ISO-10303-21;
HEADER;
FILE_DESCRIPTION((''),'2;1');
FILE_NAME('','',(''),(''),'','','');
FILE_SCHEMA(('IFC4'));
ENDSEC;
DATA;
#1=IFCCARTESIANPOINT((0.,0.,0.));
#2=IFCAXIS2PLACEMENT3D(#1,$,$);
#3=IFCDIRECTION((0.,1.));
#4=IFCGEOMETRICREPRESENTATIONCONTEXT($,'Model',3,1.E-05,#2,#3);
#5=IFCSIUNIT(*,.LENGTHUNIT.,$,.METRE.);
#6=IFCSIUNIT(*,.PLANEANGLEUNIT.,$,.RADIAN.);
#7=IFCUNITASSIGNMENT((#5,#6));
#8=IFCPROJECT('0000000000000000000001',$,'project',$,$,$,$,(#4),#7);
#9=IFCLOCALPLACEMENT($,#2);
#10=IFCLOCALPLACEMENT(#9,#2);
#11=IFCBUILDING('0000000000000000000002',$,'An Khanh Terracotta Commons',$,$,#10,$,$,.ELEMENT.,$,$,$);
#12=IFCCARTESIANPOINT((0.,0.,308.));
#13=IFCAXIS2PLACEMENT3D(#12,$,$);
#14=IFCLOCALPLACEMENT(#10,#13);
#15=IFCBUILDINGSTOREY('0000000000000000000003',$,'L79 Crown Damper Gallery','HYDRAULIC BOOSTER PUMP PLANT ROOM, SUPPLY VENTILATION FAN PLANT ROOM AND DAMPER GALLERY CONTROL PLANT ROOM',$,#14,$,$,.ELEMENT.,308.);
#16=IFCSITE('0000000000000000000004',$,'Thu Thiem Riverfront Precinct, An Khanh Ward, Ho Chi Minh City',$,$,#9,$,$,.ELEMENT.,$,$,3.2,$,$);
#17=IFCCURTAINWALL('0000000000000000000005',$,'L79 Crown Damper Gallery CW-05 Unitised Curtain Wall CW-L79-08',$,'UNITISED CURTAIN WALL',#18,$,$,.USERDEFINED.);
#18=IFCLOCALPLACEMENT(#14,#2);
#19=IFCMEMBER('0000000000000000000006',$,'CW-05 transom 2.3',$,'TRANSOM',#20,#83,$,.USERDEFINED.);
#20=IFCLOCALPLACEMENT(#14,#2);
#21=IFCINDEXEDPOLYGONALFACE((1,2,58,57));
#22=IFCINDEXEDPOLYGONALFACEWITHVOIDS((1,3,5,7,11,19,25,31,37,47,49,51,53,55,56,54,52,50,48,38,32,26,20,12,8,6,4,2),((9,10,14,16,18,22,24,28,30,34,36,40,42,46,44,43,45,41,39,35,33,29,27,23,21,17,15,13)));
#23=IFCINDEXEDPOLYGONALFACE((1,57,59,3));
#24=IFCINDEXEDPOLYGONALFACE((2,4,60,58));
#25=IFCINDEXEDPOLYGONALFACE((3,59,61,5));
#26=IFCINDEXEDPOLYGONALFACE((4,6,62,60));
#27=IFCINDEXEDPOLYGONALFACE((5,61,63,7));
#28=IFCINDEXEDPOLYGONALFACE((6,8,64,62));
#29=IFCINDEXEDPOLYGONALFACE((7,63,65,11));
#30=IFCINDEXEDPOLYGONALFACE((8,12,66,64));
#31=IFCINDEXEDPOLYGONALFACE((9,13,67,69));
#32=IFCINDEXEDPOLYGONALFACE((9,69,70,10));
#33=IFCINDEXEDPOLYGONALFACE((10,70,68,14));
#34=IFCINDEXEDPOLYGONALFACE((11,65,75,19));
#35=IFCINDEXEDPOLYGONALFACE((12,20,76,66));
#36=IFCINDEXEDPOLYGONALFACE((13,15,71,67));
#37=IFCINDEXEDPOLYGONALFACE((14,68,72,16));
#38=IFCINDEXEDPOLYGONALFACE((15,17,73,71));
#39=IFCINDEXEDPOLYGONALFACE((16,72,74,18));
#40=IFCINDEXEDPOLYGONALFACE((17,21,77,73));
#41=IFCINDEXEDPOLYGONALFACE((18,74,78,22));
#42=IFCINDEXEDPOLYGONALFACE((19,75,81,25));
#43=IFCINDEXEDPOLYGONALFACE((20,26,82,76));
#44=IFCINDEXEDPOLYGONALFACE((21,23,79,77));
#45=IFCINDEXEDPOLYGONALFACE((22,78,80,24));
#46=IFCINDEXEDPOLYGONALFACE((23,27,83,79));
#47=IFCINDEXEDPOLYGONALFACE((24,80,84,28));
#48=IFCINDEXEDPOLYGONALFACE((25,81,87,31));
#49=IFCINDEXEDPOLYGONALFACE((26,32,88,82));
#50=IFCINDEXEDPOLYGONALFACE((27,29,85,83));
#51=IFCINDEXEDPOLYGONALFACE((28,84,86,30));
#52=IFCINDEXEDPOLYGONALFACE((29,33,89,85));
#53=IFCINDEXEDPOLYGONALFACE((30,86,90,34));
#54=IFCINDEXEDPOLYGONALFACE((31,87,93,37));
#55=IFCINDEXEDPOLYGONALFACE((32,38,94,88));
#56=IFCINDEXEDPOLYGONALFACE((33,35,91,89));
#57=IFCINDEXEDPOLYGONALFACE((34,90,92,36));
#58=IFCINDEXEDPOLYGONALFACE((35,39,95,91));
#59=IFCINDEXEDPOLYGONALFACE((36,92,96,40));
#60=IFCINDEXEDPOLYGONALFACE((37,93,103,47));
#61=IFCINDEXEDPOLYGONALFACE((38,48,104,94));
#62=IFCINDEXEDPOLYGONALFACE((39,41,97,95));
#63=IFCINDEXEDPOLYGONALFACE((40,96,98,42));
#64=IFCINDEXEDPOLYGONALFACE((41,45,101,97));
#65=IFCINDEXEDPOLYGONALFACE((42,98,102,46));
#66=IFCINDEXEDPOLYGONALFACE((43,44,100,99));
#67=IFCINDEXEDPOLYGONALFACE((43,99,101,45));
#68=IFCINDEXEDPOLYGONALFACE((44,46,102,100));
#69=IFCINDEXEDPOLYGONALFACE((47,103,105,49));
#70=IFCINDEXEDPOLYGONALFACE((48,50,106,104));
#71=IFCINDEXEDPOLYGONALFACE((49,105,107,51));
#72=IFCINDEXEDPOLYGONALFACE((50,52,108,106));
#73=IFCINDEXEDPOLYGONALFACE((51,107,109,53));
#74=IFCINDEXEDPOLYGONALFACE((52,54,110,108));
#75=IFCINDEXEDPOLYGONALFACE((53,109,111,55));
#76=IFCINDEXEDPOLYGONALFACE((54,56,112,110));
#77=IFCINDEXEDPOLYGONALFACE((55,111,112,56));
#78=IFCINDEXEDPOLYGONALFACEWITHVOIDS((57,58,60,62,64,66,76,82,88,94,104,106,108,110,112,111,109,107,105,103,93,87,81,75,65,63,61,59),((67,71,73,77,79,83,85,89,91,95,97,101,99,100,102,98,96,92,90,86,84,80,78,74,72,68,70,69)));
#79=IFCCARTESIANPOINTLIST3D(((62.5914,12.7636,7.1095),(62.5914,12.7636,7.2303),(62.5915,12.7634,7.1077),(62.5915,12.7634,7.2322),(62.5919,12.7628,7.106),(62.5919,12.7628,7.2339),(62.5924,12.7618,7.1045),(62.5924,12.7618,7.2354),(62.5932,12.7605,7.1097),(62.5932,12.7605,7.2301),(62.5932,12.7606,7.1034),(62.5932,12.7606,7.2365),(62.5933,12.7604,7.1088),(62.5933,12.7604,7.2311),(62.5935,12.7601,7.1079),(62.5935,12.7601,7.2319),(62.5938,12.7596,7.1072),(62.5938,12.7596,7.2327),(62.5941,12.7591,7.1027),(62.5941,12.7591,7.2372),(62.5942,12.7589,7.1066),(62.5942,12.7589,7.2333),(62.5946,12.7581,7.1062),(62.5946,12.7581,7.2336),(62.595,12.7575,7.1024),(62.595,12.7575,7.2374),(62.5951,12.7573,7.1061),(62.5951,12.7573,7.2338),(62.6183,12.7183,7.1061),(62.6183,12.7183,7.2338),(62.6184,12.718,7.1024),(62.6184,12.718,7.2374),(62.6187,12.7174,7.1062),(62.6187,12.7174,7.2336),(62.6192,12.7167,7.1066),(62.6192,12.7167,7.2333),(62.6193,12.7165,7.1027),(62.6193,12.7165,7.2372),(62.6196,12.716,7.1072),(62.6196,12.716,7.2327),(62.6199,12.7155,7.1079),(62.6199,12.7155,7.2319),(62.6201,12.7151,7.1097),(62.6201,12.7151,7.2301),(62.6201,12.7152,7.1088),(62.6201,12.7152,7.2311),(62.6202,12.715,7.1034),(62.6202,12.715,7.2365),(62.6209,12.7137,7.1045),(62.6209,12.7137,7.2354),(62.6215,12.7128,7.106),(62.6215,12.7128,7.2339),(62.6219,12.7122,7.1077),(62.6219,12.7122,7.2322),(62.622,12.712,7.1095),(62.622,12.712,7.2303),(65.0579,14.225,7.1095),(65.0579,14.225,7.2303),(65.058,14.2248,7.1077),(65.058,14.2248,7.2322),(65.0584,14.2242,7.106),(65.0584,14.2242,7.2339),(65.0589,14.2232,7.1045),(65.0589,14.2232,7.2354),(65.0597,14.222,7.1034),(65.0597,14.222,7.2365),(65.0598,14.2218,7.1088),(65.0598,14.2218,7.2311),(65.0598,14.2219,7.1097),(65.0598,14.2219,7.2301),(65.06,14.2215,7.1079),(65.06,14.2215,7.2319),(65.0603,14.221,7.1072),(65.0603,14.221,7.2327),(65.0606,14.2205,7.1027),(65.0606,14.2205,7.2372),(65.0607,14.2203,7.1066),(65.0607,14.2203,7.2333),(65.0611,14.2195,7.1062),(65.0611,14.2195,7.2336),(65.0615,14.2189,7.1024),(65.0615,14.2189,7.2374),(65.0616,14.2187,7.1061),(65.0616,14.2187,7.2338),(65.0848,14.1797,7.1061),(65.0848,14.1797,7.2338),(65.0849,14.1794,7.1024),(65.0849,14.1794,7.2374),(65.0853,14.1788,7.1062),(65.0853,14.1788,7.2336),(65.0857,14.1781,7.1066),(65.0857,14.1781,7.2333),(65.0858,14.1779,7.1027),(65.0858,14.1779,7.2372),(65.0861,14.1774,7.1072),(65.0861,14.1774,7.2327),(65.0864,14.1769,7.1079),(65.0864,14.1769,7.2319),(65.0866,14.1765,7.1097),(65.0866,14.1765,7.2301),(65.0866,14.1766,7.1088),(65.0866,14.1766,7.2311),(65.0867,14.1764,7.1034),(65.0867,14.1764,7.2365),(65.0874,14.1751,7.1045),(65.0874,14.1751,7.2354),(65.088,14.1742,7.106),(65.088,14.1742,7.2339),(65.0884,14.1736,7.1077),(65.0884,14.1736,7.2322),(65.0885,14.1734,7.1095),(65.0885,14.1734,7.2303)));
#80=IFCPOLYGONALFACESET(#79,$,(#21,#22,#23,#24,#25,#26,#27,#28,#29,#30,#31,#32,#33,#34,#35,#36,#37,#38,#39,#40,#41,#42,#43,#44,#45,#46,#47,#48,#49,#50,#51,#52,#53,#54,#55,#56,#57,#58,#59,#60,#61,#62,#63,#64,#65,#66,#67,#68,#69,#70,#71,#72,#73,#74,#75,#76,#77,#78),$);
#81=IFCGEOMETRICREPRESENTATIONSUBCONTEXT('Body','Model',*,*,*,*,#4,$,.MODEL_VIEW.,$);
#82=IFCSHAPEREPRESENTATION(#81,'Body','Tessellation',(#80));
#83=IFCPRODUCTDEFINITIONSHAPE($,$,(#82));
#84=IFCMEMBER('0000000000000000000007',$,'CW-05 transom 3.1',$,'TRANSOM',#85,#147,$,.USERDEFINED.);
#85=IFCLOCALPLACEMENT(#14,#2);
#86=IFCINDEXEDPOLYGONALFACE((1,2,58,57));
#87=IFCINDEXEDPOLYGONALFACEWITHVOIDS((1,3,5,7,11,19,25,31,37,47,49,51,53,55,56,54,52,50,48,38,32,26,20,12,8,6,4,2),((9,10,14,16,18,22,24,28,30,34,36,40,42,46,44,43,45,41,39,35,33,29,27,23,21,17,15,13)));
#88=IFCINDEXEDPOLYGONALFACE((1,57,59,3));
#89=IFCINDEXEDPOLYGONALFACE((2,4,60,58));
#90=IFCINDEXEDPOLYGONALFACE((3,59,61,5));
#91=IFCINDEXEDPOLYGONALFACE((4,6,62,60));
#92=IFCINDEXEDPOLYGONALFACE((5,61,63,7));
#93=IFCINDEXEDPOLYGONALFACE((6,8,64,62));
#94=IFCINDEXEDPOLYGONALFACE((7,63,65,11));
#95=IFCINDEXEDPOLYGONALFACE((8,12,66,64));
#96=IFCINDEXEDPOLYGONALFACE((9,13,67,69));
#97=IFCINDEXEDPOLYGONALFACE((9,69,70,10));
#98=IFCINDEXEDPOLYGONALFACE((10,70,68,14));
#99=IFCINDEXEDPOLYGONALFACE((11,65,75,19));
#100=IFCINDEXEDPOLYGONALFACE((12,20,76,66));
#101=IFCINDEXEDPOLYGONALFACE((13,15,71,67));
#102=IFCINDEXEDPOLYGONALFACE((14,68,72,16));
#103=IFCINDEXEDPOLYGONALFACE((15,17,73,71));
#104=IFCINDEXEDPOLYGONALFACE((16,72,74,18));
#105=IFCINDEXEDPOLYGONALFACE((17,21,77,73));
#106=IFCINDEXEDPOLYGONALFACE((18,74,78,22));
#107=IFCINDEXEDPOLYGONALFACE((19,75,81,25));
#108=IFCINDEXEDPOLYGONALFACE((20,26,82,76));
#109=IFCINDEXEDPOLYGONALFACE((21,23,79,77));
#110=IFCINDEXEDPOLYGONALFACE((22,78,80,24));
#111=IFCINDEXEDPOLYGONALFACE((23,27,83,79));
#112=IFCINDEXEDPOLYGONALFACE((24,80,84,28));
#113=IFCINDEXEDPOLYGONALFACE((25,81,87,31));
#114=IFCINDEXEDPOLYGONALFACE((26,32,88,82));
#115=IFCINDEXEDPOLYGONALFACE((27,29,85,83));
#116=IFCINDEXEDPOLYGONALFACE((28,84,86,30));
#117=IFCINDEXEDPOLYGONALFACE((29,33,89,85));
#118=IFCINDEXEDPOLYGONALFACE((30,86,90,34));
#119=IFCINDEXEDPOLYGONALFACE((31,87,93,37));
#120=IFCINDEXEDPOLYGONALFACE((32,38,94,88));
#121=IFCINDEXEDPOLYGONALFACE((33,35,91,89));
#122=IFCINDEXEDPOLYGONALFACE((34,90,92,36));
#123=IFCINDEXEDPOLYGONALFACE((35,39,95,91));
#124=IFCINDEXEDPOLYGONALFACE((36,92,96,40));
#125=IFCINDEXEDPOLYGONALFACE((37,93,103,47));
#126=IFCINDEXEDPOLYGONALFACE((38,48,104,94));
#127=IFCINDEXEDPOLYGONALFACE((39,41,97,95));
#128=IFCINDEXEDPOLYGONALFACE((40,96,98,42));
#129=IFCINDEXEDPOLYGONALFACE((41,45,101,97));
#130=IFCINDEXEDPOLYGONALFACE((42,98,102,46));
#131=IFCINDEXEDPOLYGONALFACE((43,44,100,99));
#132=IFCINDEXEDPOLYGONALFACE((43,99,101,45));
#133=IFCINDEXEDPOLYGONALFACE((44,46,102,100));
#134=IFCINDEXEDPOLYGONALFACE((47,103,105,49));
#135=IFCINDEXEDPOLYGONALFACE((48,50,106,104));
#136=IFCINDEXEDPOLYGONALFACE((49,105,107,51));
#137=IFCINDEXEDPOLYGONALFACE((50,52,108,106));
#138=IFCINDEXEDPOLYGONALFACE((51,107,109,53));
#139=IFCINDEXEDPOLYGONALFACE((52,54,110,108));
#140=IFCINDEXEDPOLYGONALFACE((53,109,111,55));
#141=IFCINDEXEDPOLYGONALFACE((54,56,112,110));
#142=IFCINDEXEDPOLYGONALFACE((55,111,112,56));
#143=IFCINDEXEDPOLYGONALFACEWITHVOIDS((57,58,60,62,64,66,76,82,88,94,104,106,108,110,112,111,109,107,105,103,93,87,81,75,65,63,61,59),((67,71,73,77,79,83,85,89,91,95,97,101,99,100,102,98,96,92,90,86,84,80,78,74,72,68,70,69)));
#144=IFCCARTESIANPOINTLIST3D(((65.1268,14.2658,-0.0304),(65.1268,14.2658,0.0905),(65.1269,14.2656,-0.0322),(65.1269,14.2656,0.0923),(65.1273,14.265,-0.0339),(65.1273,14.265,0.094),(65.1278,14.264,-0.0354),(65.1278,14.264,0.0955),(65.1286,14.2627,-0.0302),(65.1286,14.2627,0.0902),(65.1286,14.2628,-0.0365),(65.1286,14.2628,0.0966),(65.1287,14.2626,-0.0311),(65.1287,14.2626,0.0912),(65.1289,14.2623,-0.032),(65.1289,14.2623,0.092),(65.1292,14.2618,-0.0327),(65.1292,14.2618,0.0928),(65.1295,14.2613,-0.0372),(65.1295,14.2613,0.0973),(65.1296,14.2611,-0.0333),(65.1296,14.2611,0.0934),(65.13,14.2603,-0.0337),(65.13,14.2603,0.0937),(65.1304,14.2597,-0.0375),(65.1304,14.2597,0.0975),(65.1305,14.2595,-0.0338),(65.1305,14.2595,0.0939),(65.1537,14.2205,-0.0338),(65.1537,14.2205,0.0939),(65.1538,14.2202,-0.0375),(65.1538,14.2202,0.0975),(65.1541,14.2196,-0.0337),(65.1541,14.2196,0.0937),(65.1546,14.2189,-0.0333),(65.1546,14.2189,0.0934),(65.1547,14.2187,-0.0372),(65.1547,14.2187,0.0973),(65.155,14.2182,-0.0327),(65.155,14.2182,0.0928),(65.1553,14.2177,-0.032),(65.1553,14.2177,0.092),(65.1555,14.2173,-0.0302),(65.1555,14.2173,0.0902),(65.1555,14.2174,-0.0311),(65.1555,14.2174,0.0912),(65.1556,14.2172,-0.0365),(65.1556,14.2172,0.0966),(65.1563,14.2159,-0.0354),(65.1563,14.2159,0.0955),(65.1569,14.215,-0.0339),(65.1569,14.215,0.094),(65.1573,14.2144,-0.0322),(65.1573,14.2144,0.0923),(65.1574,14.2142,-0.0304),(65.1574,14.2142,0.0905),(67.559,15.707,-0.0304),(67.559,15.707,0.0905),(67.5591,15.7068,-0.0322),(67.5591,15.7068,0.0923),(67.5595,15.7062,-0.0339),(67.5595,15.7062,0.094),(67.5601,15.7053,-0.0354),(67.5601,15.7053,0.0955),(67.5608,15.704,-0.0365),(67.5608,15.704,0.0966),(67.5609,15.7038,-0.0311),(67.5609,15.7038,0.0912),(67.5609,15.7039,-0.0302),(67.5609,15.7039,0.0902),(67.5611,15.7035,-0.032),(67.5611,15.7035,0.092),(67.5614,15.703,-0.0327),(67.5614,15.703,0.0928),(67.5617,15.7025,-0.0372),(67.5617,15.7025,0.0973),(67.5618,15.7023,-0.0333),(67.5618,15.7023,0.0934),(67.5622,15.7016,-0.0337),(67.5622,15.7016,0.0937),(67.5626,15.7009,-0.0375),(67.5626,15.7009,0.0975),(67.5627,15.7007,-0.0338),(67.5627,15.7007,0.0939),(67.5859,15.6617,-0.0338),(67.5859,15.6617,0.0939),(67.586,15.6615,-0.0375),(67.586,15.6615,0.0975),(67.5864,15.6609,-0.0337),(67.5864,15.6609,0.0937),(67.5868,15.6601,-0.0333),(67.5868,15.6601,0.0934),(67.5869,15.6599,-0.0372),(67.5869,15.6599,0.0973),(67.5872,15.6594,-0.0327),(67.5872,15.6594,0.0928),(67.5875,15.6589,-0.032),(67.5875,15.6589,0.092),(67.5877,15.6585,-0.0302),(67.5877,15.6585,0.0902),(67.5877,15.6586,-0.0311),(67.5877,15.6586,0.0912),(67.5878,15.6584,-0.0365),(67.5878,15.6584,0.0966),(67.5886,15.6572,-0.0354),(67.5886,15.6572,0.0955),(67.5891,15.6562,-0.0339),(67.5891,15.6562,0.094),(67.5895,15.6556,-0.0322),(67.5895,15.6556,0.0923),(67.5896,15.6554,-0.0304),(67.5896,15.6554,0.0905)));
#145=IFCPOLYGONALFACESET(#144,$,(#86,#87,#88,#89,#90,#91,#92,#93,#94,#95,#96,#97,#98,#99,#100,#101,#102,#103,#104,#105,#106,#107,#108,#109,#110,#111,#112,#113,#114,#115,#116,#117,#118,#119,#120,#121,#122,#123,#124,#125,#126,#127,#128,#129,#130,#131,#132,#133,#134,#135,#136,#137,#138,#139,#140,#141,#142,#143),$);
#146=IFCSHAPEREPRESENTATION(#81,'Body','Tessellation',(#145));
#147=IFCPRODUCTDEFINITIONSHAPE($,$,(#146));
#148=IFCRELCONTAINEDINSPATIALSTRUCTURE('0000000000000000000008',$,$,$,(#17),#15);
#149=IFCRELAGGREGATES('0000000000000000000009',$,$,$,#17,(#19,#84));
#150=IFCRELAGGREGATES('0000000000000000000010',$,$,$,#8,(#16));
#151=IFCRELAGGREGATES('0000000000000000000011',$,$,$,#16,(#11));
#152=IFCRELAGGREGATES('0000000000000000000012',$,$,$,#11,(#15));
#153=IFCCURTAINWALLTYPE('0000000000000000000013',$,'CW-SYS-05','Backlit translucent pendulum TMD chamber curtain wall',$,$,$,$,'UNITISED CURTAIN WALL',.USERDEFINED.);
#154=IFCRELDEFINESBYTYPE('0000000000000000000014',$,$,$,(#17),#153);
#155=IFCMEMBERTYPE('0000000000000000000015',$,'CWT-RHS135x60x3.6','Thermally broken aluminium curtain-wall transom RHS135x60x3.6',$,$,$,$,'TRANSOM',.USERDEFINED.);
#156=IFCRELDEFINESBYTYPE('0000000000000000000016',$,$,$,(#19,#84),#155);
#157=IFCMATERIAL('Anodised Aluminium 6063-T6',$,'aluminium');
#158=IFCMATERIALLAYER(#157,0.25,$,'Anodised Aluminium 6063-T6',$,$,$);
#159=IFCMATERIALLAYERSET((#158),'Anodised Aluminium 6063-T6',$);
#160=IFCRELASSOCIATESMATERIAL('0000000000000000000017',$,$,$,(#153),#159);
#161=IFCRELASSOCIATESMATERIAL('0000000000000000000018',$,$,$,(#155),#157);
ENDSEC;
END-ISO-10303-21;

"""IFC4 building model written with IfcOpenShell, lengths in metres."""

from ifc_helpers import new_model, si_unit, direction, frame, origin, origin_2d, place, context, subcontext, project, spatial, hollow_rectangle, extrude, material, layer, layer_set, material_profile, profile_set, type_object, element, aggregate, save


model = new_model("IFC4")

# Units and contexts
model_context = context("Model", 3, precision=1e-05, world=origin(), true_north=direction((0.0, 1.0)))
body_context = subcontext(model_context, "Body", "Model", "MODEL_VIEW")
ifc_project = project(units=[si_unit("LENGTHUNIT", "METRE"), si_unit("PLANEANGLEUNIT", "RADIAN")], contexts=[model_context])

# Site, building, storey
site_placement = place(None, origin())
site = spatial("IfcSite", under=ifc_project, at=site_placement, Name="Thu Thiem Riverfront Precinct, An Khanh Ward, Ho Chi Minh City", CompositionType="ELEMENT", RefElevation=3.2)
building_placement = place(site_placement, origin())
building = spatial("IfcBuilding", under=site, at=building_placement, Name="An Khanh Terracotta Commons", CompositionType="ELEMENT")
storey_placement = place(building_placement, frame((0.0, 0.0, 308.0)))
storey = spatial("IfcBuildingStorey", under=building, at=storey_placement, Name="L79 Crown Damper Gallery", Description="HYDRAULIC BOOSTER PUMP PLANT ROOM, SUPPLY VENTILATION FAN PLANT ROOM AND DAMPER GALLERY CONTROL PLANT ROOM", CompositionType="ELEMENT", Elevation=308.0)

# Curtain wall, members
ifc_material_1 = material(Name="Anodised Aluminium 6063-T6", Category="aluminium")
ifc_layer_1 = layer(ifc_material_1, 0.25, Name="Anodised Aluminium 6063-T6")
ifc_layer_set_1 = layer_set([ifc_layer_1], Name="Anodised Aluminium 6063-T6")
curtain_wall_type = type_object("IfcCurtainWallType", Name="CW-SYS-05", Description="Backlit translucent pendulum TMD chamber curtain wall", ElementType="UNITISED CURTAIN WALL", PredefinedType="USERDEFINED", material=ifc_layer_set_1)
curtain_wall_placement = place(storey_placement, origin())
curtain_wall = element("IfcCurtainWall", 1, at=curtain_wall_placement, inside=storey, type_object=curtain_wall_type, Name="L79 Crown Damper Gallery CW-05 Unitised Curtain Wall CW-L79-08", ObjectType="UNITISED CURTAIN WALL", PredefinedType="USERDEFINED")
ifc_material_profile_1 = material_profile(ifc_material_1, hollow_rectangle(XDim=0.0601, YDim=0.135, WallThickness=0.0037, InnerFilletRadius=0.0037, OuterFilletRadius=0.0071, at=origin_2d()), Name="RHS135x60x3.6")
ifc_profile_set_1 = profile_set([ifc_material_profile_1], Name="Anodised Aluminium 6063-T6")
member_type_1 = type_object("IfcMemberType", Name="CWT-RHS135x60x3.6", Description="Thermally broken aluminium curtain-wall transom RHS135x60x3.6", ElementType="TRANSOM", PredefinedType="USERDEFINED", material=ifc_profile_set_1)
member_1_placement = place(storey_placement, frame((62.6067, 12.7378, 7.1699), z_axis=(0.860327, 0.509742, 0.0), x_axis=(-0.509742, 0.860327, 0.0)))
member_1 = element("IfcMember", 2, at=member_1_placement, type_object=member_type_1, Name="CW-05 transom 2.3", ObjectType="TRANSOM", PredefinedType="USERDEFINED", context=body_context, shape_type="SweptSolid", body=[
    extrude(hollow_rectangle(XDim=0.0601, YDim=0.135, WallThickness=0.0037, InnerFilletRadius=0.0037, OuterFilletRadius=0.0071, at=origin_2d()), origin(), (0.0, 0.0, 1.0), 2.8669),
])
member_2_placement = place(storey_placement, frame((65.1421, 14.24, 0.03), z_axis=(0.860307, 0.509776, 0.0), x_axis=(-0.509776, 0.860307, 0.0)))
member_2 = element("IfcMember", 3, at=member_2_placement, type_object=member_type_1, Name="CW-05 transom 3.1", ObjectType="TRANSOM", PredefinedType="USERDEFINED", context=body_context, shape_type="SweptSolid", body=[
    extrude(hollow_rectangle(XDim=0.0601, YDim=0.135, WallThickness=0.0037, InnerFilletRadius=0.0037, OuterFilletRadius=0.0071, at=origin_2d()), origin(), (0.0, 0.0, 1.0), 2.8271),
])
aggregate(curtain_wall, [member_1, member_2])

save(model, "model.ifc")
